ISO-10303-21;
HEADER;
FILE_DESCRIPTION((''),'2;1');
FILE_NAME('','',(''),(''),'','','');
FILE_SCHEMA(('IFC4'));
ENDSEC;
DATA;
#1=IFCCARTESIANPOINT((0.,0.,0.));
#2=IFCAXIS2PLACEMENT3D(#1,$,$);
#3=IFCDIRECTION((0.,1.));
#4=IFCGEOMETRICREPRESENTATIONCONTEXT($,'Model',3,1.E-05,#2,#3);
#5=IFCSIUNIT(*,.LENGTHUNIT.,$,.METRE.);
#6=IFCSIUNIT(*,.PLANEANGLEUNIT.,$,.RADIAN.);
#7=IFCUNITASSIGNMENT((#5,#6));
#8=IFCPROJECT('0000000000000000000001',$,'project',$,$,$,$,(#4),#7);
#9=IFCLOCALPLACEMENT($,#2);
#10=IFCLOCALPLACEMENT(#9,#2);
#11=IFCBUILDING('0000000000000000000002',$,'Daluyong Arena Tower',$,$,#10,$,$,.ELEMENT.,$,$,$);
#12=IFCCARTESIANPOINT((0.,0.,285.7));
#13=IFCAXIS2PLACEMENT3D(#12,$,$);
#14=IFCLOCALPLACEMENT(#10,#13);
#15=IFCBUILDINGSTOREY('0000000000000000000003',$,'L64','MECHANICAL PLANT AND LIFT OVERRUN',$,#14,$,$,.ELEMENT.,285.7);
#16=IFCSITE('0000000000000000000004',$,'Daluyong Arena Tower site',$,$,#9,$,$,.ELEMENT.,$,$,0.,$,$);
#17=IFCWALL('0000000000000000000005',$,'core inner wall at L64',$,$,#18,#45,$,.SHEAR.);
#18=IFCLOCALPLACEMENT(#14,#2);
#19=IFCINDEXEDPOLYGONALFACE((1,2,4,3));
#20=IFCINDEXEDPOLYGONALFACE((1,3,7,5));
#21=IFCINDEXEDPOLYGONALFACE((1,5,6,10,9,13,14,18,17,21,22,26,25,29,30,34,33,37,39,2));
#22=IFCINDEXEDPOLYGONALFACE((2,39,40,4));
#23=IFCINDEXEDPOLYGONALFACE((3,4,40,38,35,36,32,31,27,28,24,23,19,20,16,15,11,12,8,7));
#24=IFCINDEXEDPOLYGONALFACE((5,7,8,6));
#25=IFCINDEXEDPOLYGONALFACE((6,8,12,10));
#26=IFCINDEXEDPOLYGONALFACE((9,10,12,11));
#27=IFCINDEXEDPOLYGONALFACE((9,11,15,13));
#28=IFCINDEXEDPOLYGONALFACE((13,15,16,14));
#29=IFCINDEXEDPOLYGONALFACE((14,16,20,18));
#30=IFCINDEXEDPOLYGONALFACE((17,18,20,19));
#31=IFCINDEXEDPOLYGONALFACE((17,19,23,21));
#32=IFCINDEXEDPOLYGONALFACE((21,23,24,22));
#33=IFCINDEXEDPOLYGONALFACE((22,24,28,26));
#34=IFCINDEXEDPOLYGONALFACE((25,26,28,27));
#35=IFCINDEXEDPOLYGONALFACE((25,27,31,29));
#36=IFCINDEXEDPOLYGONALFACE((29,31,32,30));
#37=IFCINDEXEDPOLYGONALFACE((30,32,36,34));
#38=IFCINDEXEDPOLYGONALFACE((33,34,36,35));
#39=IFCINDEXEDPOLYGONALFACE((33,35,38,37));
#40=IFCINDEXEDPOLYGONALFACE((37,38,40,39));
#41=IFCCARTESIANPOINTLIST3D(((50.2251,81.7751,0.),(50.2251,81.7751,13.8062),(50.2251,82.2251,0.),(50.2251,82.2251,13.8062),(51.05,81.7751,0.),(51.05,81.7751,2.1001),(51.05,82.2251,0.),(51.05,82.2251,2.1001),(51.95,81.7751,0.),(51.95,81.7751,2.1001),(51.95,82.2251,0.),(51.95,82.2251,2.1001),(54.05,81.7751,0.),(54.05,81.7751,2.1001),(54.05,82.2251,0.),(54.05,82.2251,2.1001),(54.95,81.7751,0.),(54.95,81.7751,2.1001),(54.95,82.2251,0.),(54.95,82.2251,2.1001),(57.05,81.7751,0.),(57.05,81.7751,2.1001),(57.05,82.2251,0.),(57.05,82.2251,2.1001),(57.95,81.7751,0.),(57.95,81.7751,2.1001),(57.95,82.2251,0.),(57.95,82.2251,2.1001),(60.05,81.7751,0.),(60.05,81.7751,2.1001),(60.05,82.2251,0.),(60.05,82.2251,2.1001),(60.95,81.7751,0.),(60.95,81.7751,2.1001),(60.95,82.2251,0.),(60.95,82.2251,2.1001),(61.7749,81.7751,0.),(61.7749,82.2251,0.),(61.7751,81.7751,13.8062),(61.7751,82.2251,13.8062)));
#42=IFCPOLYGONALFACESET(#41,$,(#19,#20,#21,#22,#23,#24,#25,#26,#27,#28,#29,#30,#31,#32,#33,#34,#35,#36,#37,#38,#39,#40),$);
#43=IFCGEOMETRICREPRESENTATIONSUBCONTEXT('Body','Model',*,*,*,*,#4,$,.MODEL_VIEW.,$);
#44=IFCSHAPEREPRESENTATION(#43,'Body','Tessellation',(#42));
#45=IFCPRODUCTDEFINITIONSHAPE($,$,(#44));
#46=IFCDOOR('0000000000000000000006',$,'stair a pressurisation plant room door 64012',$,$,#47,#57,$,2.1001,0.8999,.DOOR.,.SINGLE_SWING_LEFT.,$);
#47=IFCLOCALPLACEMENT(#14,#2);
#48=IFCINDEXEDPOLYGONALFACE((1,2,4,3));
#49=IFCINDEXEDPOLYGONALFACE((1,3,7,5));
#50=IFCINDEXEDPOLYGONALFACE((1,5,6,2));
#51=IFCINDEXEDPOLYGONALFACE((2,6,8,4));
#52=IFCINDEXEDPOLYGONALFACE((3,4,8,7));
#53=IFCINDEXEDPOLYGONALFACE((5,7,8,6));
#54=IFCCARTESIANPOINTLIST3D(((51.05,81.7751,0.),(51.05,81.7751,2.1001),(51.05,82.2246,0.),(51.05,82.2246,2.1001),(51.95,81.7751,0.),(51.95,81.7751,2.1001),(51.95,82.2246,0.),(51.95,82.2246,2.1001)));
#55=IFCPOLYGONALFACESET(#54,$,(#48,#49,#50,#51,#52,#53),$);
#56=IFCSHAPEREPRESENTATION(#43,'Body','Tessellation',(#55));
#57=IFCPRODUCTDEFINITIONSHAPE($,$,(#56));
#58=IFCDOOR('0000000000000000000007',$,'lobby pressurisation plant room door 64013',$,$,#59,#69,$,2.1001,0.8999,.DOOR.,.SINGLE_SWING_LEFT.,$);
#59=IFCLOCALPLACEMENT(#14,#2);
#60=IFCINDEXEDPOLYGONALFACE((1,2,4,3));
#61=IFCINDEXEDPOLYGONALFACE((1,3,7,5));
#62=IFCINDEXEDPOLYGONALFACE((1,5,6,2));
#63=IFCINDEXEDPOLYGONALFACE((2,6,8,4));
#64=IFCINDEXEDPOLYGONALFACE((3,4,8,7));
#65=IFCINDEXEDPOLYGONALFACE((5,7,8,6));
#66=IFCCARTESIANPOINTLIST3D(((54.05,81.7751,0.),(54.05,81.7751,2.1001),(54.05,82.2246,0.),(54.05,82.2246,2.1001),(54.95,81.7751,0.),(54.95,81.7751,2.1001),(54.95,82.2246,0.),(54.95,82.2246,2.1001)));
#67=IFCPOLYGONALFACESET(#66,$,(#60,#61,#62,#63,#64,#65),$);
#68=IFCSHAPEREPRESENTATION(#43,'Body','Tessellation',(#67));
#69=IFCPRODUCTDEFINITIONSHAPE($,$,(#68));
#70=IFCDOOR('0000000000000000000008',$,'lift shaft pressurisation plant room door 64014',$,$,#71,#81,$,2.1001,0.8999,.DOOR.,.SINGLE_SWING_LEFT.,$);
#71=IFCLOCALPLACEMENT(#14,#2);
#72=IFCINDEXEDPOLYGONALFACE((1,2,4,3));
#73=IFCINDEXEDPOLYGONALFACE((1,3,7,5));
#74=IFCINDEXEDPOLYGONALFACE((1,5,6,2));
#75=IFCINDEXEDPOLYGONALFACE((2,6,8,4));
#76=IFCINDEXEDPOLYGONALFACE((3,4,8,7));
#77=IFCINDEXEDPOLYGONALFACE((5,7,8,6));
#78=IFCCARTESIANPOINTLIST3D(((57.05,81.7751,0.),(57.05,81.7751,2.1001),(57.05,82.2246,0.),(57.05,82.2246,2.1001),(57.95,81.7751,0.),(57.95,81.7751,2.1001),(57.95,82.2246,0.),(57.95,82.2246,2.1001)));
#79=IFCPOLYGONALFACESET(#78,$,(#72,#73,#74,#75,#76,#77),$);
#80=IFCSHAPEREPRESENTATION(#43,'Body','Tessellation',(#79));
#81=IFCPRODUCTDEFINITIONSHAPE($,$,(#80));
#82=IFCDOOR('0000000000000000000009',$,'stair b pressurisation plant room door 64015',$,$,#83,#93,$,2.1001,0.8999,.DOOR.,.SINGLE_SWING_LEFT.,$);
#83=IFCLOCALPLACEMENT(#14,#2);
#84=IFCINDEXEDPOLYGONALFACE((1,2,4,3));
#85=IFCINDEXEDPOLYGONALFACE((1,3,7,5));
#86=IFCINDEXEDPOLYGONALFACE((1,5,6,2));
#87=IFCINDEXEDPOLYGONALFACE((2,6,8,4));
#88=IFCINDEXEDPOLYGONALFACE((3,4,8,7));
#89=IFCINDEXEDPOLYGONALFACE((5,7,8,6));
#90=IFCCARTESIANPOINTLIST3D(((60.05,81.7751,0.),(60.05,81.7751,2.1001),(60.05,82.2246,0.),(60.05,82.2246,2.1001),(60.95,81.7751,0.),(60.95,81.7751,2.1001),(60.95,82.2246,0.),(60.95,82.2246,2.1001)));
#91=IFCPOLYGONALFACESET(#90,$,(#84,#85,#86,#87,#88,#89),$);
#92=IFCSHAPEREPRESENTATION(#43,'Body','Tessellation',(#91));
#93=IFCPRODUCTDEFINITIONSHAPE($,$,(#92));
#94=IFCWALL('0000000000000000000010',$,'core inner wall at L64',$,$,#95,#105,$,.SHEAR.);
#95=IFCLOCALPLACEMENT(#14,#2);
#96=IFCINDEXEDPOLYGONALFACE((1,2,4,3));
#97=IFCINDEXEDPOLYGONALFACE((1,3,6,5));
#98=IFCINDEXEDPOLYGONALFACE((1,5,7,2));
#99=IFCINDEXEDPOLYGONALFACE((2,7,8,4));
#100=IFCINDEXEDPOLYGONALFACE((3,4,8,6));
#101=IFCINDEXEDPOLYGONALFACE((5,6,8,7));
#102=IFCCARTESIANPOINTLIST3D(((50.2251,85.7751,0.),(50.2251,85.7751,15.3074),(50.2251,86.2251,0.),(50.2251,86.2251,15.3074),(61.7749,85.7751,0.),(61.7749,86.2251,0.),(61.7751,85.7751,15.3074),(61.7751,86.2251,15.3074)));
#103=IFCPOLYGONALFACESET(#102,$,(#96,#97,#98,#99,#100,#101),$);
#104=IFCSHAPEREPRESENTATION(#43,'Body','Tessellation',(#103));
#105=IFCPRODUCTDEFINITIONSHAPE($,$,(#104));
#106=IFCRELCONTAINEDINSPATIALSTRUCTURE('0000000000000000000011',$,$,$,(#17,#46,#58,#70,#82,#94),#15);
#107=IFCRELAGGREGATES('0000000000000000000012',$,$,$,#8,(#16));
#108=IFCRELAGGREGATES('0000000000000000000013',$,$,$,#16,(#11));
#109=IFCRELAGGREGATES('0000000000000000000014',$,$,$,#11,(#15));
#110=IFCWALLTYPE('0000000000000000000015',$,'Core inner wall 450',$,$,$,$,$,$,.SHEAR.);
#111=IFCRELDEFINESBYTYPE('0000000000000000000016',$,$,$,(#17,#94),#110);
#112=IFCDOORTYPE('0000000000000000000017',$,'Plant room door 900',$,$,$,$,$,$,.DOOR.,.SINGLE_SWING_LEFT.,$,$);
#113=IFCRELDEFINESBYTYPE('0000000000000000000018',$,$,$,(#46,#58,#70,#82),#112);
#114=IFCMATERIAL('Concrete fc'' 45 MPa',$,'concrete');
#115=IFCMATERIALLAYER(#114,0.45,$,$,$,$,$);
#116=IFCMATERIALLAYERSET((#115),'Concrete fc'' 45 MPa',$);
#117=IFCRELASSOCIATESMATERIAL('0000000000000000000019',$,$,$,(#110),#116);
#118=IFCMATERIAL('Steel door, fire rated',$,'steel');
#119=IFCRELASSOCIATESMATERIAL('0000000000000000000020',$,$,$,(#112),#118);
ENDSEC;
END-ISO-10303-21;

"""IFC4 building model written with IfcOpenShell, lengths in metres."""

from ifc_helpers import new_model, si_unit, direction, frame, frame_2d, origin, place, context, subcontext, project, spatial, polyline, rectangle, outline, extrude, material, layer, layer_set, type_object, element, fill, save


model = new_model("IFC4")

# Units and contexts
model_context = context("Model", 3, precision=1e-05, world=origin(), true_north=direction((0.0, 1.0)))
body_context = subcontext(model_context, "Body", "Model", "MODEL_VIEW")
ifc_project = project(units=[si_unit("LENGTHUNIT", "METRE"), si_unit("PLANEANGLEUNIT", "RADIAN")], contexts=[model_context])

# Site, building, storey
site_placement = place(None, origin())
site = spatial("IfcSite", under=ifc_project, at=site_placement, Name="Daluyong Arena Tower site", CompositionType="ELEMENT", RefElevation=0.0)
building_placement = place(site_placement, origin())
building = spatial("IfcBuilding", under=site, at=building_placement, Name="Daluyong Arena Tower", CompositionType="ELEMENT")
storey_placement = place(building_placement, frame((0.0, 0.0, 285.7)))
storey = spatial("IfcBuildingStorey", under=building, at=storey_placement, Name="L64", Description="MECHANICAL PLANT AND LIFT OVERRUN", CompositionType="ELEMENT", Elevation=285.7)

# Shared definitions
ifc_material_1 = material(Name="Concrete fc' 45 MPa", Category="concrete")
ifc_layer_1 = layer(ifc_material_1, 0.45)
ifc_layer_set_1 = layer_set([ifc_layer_1], Name="Concrete fc' 45 MPa")
wall_type_1 = type_object("IfcWallType", Name="Core inner wall 450", PredefinedType="SHEAR", material=ifc_layer_set_1)

# Wall, openings, doors
wall_1_placement = place(storey_placement, frame((50.2251, 82.0, 0.0), z_axis=(0.0, 0.0, 1.0), x_axis=(1.0, 0.0, 0.0)))
wall_1 = element("IfcWall", 1, at=wall_1_placement, inside=storey, type_object=wall_type_1, Name="core inner wall at L64", PredefinedType="SHEAR", context=body_context, shape_type="SweptSolid", body=[
    extrude(outline(polyline([(0.0, 0.0), (11.5498, 0.0), (11.55, 13.8062), (0.0, 13.8062), (0.0, 0.0)])), frame((0.0, 0.2251, 0.0), z_axis=(0.0, -1.0, 0.0), x_axis=(1.0, 0.0, 0.0)), (0.0, 0.0, 1.0), 0.45),
])
opening_1_placement = place(wall_1_placement, frame((0.825, 0.0, 0.0)))
opening_1 = element("IfcOpeningElement", 2, at=opening_1_placement, cuts=wall_1, PredefinedType="OPENING", context=body_context, shape_type="SweptSolid", body=[
    extrude(rectangle(XDim=0.8999, YDim=2.1001, at=frame_2d((0.45, 1.05))), frame((0.0, 0.2349, 0.0), z_axis=(0.0, -1.0, 0.0), x_axis=(1.0, 0.0, 0.0)), (0.0, 0.0, 1.0), 0.47),
])
opening_2_placement = place(wall_1_placement, frame((3.825, 0.0, 0.0)))
opening_2 = element("IfcOpeningElement", 3, at=opening_2_placement, cuts=wall_1, PredefinedType="OPENING", context=body_context, shape_type="SweptSolid", body=[
    extrude(rectangle(XDim=0.8999, YDim=2.1001, at=frame_2d((0.45, 1.05))), frame((0.0, 0.2349, 0.0), z_axis=(0.0, -1.0, 0.0), x_axis=(1.0, 0.0, 0.0)), (0.0, 0.0, 1.0), 0.47),
])
opening_3_placement = place(wall_1_placement, frame((6.825, 0.0, 0.0)))
opening_3 = element("IfcOpeningElement", 4, at=opening_3_placement, cuts=wall_1, PredefinedType="OPENING", context=body_context, shape_type="SweptSolid", body=[
    extrude(rectangle(XDim=0.8999, YDim=2.1001, at=frame_2d((0.45, 1.05))), frame((0.0, 0.2349, 0.0), z_axis=(0.0, -1.0, 0.0), x_axis=(1.0, 0.0, 0.0)), (0.0, 0.0, 1.0), 0.47),
])
opening_4_placement = place(wall_1_placement, frame((9.825, 0.0, 0.0)))
opening_4 = element("IfcOpeningElement", 5, at=opening_4_placement, cuts=wall_1, PredefinedType="OPENING", context=body_context, shape_type="SweptSolid", body=[
    extrude(rectangle(XDim=0.8999, YDim=2.1001, at=frame_2d((0.45, 1.05))), frame((0.0, 0.2349, 0.0), z_axis=(0.0, -1.0, 0.0), x_axis=(1.0, 0.0, 0.0)), (0.0, 0.0, 1.0), 0.47),
])
ifc_material_2 = material(Name="Steel door, fire rated", Category="steel")
door_type_1 = type_object("IfcDoorType", Name="Plant room door 900", OperationType="SINGLE_SWING_LEFT", PredefinedType="DOOR", material=ifc_material_2)
door_1_placement = place(opening_1_placement, origin())
door_1 = element("IfcDoor", 6, at=door_1_placement, inside=storey, type_object=door_type_1, Name="stair a pressurisation plant room door 64012", OperationType="SINGLE_SWING_LEFT", OverallHeight=2.1001, OverallWidth=0.8999, PredefinedType="DOOR", context=body_context, shape_type="SweptSolid", body=[
    extrude(rectangle(XDim=0.8999, YDim=2.1001, at=frame_2d((0.45, 1.05))), frame((0.0, 0.2246, 0.0), z_axis=(0.0, -1.0, 0.0), x_axis=(1.0, 0.0, 0.0)), (0.0, 0.0, 1.0), 0.4495),
])
fill(opening_1, door_1)
door_2_placement = place(opening_2_placement, origin())
door_2 = element("IfcDoor", 7, at=door_2_placement, inside=storey, type_object=door_type_1, Name="lobby pressurisation plant room door 64013", OperationType="SINGLE_SWING_LEFT", OverallHeight=2.1001, OverallWidth=0.8999, PredefinedType="DOOR", context=body_context, shape_type="SweptSolid", body=[
    extrude(rectangle(XDim=0.8999, YDim=2.1001, at=frame_2d((0.45, 1.05))), frame((0.0, 0.2246, 0.0), z_axis=(0.0, -1.0, 0.0), x_axis=(1.0, 0.0, 0.0)), (0.0, 0.0, 1.0), 0.4495),
])
fill(opening_2, door_2)
door_3_placement = place(opening_3_placement, origin())
door_3 = element("IfcDoor", 8, at=door_3_placement, inside=storey, type_object=door_type_1, Name="lift shaft pressurisation plant room door 64014", OperationType="SINGLE_SWING_LEFT", OverallHeight=2.1001, OverallWidth=0.8999, PredefinedType="DOOR", context=body_context, shape_type="SweptSolid", body=[
    extrude(rectangle(XDim=0.8999, YDim=2.1001, at=frame_2d((0.45, 1.05))), frame((0.0, 0.2246, 0.0), z_axis=(0.0, -1.0, 0.0), x_axis=(1.0, 0.0, 0.0)), (0.0, 0.0, 1.0), 0.4495),
])
fill(opening_3, door_3)
door_4_placement = place(opening_4_placement, origin())
door_4 = element("IfcDoor", 9, at=door_4_placement, inside=storey, type_object=door_type_1, Name="stair b pressurisation plant room door 64015", OperationType="SINGLE_SWING_LEFT", OverallHeight=2.1001, OverallWidth=0.8999, PredefinedType="DOOR", context=body_context, shape_type="SweptSolid", body=[
    extrude(rectangle(XDim=0.8999, YDim=2.1001, at=frame_2d((0.45, 1.05))), frame((0.0, 0.2246, 0.0), z_axis=(0.0, -1.0, 0.0), x_axis=(1.0, 0.0, 0.0)), (0.0, 0.0, 1.0), 0.4495),
])
fill(opening_4, door_4)

# Wall
wall_2_placement = place(storey_placement, frame((50.2251, 86.0, 0.0), z_axis=(0.0, 0.0, 1.0), x_axis=(1.0, 0.0, 0.0)))
element("IfcWall", 10, at=wall_2_placement, inside=storey, type_object=wall_type_1, Name="core inner wall at L64", PredefinedType="SHEAR", context=body_context, shape_type="SweptSolid", body=[
    extrude(outline(polyline([(0.0, 0.0), (11.5498, 0.0), (11.55, 15.3074), (0.0, 15.3074), (0.0, 0.0)])), frame((0.0, 0.2251, 0.0), z_axis=(0.0, -1.0, 0.0), x_axis=(1.0, 0.0, 0.0)), (0.0, 0.0, 1.0), 0.45),
])

save(model, "model.ifc")
